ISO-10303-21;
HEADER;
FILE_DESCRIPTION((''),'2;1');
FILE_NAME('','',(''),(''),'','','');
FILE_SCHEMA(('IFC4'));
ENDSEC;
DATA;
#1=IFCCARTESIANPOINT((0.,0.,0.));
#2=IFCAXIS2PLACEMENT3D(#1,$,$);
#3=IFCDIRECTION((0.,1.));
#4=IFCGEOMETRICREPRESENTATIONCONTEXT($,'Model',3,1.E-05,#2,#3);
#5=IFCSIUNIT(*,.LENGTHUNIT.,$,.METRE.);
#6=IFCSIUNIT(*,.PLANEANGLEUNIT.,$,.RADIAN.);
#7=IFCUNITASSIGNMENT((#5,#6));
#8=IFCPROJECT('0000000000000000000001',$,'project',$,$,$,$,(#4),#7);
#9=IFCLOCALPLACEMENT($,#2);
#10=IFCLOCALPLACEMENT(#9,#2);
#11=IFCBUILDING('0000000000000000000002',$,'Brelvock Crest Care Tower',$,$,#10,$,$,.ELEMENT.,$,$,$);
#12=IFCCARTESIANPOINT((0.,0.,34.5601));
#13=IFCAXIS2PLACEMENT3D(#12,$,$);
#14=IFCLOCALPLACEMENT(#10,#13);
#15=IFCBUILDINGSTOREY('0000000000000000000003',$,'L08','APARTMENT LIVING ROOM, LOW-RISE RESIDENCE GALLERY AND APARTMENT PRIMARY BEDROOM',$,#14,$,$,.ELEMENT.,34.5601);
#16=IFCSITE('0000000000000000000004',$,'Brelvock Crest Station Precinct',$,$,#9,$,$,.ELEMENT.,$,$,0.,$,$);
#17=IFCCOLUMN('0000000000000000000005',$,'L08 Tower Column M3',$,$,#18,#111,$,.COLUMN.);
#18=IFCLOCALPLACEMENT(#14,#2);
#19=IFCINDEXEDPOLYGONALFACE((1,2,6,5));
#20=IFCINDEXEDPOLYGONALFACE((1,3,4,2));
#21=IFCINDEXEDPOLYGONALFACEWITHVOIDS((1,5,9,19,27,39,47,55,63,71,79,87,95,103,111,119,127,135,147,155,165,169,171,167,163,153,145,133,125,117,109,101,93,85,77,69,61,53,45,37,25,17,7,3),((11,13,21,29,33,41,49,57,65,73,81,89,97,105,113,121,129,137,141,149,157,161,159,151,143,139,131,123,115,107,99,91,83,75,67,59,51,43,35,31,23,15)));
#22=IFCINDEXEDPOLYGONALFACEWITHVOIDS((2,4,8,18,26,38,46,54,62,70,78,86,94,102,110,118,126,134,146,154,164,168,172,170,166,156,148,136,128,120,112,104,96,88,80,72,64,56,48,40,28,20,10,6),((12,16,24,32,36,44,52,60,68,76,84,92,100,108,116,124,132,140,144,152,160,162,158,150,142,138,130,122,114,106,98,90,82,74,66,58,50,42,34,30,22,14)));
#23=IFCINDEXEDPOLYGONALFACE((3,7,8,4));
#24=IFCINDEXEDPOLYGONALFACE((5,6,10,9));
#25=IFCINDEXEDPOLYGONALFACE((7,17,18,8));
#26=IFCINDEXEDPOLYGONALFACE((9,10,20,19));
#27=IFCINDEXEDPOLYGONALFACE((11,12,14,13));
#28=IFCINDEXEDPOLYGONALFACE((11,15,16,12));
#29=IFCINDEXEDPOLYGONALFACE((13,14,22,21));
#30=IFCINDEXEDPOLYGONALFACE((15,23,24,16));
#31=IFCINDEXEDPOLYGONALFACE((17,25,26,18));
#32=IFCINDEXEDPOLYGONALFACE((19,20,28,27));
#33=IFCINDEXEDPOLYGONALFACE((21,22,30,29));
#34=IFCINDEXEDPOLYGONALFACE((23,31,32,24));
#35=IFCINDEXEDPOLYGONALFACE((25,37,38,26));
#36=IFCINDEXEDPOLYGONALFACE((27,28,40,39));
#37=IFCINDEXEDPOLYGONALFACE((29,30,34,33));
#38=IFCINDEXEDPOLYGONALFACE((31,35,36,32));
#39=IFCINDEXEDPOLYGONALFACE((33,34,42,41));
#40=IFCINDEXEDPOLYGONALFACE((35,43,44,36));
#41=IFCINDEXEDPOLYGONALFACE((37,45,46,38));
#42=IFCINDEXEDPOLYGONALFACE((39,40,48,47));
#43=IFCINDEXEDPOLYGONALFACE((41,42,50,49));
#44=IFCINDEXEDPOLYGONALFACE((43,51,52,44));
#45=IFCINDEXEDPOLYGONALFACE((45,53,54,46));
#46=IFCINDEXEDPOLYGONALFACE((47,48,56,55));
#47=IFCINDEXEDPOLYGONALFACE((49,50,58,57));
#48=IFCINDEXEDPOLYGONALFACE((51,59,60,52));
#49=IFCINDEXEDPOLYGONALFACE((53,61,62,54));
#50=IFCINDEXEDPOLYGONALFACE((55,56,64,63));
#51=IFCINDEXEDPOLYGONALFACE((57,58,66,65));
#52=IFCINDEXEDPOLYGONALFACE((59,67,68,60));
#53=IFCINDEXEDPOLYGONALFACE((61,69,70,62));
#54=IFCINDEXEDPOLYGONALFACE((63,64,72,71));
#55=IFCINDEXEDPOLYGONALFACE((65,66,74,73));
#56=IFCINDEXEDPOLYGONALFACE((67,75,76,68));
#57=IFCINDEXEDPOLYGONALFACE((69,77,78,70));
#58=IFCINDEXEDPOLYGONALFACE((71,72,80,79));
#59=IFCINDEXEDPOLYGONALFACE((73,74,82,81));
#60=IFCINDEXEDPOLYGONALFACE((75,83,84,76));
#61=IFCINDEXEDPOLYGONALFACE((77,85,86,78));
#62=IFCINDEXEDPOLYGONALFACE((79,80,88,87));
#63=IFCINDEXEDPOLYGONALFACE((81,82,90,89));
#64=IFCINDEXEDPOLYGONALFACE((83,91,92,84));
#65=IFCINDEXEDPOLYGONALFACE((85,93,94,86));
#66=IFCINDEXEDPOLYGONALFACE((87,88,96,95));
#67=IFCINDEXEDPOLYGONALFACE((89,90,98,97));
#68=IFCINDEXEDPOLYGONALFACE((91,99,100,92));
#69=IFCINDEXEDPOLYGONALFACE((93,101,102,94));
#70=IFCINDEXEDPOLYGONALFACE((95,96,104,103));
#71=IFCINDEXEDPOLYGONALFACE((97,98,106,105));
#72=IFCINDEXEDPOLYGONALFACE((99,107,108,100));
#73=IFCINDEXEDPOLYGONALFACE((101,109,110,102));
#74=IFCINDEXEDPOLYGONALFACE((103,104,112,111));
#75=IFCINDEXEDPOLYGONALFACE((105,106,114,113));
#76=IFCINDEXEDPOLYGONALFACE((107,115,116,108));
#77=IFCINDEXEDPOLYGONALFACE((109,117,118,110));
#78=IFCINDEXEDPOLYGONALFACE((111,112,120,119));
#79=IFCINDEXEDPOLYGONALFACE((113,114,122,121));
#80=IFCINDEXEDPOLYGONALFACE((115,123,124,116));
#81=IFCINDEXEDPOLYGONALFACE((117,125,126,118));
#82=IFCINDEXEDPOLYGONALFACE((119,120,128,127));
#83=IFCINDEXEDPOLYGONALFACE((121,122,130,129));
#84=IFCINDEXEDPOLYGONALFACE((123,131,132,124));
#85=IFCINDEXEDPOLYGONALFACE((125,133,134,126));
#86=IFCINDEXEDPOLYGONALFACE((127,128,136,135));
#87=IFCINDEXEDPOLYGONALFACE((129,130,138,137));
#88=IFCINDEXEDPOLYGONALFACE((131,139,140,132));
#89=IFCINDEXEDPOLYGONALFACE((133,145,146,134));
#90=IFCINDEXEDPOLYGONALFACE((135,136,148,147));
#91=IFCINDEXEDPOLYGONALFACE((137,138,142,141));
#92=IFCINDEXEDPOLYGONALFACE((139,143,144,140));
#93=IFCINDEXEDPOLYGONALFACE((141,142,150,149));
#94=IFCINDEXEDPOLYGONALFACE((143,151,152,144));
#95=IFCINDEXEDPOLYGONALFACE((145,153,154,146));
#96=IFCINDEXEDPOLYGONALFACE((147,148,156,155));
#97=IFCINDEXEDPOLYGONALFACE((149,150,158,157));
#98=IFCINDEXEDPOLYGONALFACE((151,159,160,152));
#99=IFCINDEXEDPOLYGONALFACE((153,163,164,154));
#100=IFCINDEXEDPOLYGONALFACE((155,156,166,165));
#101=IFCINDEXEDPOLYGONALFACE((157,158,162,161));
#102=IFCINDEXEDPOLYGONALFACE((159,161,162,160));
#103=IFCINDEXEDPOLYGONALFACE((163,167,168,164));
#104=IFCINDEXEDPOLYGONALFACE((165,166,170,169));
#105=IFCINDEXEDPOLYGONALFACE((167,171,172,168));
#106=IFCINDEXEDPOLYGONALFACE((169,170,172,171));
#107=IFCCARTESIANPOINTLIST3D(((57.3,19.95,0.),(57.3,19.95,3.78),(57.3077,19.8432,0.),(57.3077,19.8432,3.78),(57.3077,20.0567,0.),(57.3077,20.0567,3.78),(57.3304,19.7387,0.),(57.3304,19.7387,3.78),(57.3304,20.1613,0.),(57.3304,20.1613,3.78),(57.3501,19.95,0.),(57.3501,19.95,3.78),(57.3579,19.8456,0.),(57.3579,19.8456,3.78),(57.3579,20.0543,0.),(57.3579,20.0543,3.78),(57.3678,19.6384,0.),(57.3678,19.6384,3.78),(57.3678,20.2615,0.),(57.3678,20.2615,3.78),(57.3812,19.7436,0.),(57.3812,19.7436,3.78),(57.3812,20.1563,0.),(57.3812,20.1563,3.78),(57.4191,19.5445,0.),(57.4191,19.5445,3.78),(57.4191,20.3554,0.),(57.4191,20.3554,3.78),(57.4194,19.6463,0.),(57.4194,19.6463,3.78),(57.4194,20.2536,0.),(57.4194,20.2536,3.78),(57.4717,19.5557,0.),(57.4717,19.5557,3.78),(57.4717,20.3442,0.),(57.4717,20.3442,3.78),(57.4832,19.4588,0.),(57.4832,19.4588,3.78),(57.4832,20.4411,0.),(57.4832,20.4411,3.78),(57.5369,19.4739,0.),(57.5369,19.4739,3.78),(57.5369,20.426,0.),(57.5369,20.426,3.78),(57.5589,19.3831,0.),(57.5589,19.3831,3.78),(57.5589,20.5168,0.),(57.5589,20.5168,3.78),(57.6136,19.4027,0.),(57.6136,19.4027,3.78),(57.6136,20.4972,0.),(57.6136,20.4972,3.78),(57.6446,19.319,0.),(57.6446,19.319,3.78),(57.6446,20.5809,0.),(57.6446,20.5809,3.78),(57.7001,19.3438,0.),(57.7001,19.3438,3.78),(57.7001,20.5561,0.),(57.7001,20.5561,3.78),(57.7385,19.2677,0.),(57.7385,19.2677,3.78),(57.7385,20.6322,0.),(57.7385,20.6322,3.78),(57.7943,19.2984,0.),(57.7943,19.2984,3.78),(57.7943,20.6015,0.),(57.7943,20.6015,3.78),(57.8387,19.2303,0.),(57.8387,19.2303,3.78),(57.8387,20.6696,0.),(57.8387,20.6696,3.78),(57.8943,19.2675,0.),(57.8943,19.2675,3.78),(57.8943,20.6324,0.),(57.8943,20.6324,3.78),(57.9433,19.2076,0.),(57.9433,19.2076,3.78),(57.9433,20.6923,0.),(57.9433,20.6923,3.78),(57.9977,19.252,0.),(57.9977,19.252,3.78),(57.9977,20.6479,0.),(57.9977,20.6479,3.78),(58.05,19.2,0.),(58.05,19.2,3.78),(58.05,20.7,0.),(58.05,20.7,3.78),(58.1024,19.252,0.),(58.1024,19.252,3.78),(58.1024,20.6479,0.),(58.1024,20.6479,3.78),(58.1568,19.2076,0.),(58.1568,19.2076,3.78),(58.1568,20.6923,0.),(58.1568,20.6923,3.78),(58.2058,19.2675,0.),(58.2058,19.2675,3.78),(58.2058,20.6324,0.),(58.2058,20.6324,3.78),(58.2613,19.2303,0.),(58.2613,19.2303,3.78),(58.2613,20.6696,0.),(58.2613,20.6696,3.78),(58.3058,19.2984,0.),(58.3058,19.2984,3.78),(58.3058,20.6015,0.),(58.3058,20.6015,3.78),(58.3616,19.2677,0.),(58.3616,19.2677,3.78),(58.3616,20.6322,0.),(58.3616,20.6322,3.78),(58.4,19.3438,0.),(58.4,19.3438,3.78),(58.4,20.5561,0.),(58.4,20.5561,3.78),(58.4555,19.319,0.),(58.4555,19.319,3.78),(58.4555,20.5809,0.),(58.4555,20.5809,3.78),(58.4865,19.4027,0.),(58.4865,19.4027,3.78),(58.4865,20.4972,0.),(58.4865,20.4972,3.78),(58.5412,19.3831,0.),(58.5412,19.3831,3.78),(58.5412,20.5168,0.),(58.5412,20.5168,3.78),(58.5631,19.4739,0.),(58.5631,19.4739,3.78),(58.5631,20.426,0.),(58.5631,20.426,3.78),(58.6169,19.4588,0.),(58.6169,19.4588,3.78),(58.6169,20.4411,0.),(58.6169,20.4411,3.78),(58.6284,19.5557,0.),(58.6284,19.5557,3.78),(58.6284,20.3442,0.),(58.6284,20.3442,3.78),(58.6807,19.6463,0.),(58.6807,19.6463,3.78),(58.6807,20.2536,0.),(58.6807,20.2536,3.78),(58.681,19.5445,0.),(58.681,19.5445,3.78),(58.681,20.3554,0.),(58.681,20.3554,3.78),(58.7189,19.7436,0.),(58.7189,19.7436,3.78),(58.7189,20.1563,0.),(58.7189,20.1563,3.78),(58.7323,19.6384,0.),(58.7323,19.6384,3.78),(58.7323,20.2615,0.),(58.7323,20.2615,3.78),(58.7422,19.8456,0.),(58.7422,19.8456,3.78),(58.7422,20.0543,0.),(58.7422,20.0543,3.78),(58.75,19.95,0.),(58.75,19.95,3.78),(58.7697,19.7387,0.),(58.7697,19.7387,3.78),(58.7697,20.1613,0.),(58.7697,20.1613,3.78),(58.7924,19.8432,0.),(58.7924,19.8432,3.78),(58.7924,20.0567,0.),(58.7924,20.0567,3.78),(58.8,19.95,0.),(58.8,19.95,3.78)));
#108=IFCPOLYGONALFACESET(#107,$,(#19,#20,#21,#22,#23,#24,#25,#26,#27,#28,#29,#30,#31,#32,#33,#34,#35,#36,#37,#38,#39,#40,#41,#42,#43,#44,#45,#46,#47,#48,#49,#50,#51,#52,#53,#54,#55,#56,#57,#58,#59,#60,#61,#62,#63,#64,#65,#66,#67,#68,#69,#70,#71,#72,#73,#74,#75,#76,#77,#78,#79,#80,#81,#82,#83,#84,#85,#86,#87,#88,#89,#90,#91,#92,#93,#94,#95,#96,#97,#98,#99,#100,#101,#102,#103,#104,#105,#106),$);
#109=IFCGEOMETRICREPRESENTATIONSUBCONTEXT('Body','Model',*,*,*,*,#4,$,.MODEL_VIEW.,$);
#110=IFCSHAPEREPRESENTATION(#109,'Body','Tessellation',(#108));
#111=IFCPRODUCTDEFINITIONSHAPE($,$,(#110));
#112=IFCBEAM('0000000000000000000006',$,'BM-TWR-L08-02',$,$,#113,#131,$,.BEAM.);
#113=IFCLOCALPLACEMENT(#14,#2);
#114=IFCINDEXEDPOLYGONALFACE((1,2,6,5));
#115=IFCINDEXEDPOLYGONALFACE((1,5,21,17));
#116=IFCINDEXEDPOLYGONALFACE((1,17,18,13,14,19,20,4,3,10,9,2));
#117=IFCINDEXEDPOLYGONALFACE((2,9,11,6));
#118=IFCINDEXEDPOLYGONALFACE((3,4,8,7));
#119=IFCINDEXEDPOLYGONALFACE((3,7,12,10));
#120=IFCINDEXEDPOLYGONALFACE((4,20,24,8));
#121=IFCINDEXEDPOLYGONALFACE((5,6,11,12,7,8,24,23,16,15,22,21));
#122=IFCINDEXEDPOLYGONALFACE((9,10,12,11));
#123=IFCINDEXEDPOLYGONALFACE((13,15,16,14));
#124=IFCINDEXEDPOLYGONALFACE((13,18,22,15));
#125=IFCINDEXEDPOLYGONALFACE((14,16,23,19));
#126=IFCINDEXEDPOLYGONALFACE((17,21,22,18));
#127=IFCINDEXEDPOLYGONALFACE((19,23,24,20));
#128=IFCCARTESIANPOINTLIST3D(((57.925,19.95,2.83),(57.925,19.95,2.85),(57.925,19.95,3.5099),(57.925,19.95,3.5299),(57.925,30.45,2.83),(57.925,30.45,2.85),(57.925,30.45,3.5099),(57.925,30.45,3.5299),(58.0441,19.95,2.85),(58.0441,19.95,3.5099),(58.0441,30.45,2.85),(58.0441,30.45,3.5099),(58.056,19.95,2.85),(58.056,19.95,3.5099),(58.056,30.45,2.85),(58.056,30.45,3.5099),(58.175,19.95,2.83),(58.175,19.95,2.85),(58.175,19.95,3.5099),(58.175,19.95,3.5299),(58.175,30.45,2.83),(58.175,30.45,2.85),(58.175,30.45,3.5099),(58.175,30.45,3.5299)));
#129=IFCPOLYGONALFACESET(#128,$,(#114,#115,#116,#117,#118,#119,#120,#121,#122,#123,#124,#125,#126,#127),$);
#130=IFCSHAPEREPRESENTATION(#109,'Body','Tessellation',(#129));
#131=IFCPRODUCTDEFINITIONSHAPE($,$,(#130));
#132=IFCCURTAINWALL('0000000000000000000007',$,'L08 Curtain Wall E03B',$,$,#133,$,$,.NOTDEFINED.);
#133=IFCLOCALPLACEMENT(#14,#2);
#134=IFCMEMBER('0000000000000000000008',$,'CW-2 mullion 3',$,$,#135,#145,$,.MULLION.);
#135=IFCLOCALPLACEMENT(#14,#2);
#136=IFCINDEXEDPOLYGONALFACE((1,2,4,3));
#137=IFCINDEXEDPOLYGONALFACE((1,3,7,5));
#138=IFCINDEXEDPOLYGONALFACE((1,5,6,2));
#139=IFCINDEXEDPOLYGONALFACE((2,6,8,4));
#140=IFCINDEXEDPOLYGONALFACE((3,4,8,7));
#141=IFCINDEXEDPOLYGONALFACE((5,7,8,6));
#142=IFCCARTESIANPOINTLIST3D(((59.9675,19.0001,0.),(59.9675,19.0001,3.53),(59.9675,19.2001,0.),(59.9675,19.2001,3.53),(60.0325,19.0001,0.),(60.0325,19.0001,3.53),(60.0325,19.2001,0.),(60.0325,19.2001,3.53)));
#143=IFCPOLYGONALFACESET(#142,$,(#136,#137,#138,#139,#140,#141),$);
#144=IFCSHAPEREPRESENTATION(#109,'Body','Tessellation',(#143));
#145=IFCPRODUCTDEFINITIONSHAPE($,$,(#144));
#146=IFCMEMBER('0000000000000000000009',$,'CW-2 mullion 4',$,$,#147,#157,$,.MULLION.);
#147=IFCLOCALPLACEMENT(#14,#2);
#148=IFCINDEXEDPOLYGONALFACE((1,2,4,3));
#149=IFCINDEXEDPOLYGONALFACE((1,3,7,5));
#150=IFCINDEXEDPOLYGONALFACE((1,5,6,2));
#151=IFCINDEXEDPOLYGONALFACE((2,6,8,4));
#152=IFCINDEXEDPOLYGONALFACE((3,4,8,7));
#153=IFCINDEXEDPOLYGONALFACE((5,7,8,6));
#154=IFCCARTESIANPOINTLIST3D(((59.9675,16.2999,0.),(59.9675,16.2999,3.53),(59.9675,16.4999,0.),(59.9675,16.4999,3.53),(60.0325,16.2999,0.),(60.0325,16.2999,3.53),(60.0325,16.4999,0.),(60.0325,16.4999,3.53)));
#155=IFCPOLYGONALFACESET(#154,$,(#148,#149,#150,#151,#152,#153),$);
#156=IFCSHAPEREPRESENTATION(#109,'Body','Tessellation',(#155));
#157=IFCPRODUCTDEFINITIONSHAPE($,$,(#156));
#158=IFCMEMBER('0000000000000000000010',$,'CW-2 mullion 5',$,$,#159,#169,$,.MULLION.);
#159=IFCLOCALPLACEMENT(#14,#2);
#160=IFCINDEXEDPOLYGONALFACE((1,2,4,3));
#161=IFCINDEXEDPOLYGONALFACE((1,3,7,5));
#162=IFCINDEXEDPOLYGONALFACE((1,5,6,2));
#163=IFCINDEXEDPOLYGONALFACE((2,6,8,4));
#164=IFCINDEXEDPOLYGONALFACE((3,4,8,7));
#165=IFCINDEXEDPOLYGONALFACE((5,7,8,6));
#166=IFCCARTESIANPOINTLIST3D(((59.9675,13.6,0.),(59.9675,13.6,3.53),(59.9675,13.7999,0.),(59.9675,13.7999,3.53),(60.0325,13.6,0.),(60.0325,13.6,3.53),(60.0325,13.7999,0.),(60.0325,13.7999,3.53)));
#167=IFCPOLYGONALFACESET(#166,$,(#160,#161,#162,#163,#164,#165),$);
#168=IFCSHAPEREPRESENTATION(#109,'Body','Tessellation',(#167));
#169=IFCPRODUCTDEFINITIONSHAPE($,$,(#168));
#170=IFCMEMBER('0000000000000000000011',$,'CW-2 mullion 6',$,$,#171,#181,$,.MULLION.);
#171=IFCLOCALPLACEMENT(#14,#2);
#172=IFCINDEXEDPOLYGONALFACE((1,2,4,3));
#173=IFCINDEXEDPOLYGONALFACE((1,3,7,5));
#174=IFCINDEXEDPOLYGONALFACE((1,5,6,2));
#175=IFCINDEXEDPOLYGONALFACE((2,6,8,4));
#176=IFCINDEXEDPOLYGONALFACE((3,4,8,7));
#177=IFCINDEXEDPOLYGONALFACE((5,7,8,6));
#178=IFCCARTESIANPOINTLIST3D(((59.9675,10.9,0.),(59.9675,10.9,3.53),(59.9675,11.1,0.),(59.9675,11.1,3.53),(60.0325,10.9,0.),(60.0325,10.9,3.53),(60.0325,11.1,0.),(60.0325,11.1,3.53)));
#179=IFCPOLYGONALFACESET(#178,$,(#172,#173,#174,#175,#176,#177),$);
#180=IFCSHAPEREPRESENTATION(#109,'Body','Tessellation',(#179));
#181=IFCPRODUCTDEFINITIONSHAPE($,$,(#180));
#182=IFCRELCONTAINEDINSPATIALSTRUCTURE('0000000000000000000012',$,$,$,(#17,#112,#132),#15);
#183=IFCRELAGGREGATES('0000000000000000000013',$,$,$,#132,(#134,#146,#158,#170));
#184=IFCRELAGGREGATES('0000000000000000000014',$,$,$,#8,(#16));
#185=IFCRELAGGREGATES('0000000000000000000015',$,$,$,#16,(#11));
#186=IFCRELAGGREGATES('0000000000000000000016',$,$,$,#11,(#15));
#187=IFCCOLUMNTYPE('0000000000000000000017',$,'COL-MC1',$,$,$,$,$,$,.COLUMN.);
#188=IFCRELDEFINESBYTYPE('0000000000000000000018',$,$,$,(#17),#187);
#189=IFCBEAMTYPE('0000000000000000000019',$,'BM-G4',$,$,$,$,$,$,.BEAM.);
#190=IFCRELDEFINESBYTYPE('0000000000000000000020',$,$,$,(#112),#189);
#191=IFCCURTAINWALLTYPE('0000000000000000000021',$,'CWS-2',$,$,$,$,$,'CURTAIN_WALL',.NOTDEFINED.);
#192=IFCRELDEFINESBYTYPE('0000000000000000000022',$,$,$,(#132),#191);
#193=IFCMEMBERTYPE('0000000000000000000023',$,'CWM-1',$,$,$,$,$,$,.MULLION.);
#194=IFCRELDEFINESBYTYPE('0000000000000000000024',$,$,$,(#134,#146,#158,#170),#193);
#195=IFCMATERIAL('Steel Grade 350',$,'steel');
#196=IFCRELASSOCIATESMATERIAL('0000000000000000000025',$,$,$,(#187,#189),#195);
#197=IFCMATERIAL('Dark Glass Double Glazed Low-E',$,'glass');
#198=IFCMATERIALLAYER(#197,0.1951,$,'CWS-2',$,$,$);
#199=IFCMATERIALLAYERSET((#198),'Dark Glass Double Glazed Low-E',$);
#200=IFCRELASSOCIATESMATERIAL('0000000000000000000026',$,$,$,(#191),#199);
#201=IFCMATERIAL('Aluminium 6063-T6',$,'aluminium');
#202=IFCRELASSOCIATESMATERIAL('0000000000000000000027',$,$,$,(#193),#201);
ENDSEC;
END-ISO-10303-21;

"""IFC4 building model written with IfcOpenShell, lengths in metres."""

from ifc_helpers import new_model, si_unit, direction, frame, origin, origin_2d, place, context, subcontext, project, spatial, rectangle, hollow_circle, i_section, extrude, source, transform, mapped, material, layer, layer_set, material_profile, profile_set, type_object, element, aggregate, save


model = new_model("IFC4")

# Units and contexts
model_context = context("Model", 3, precision=1e-05, world=origin(), true_north=direction((0.0, 1.0)))
body_context = subcontext(model_context, "Body", "Model", "MODEL_VIEW")
ifc_project = project(units=[si_unit("LENGTHUNIT", "METRE"), si_unit("PLANEANGLEUNIT", "RADIAN")], contexts=[model_context])

# Site, building, storey
site_placement = place(None, origin())
site = spatial("IfcSite", under=ifc_project, at=site_placement, Name="Brelvock Crest Station Precinct", CompositionType="ELEMENT", RefElevation=0.0)
building_placement = place(site_placement, origin())
building = spatial("IfcBuilding", under=site, at=building_placement, Name="Brelvock Crest Care Tower", CompositionType="ELEMENT")
storey_placement = place(building_placement, frame((0.0, 0.0, 34.5601)))
storey = spatial("IfcBuildingStorey", under=building, at=storey_placement, Name="L08", Description="APARTMENT LIVING ROOM, LOW-RISE RESIDENCE GALLERY AND APARTMENT PRIMARY BEDROOM", CompositionType="ELEMENT", Elevation=34.5601)

# Column
ifc_material_1 = material(Name="Steel Grade 350", Category="steel")
ifc_material_profile_1 = material_profile(ifc_material_1, hollow_circle(Radius=0.75, WallThickness=0.05, at=origin_2d()), Name="CFT1500x50")
ifc_profile_set_1 = profile_set([ifc_material_profile_1], Name="Steel Grade 350")
column_type = type_object("IfcColumnType", Name="COL-MC1", PredefinedType="COLUMN", material=ifc_profile_set_1)
shared_shape_1 = source(origin(), body_context, "Body", "SweptSolid", [
    extrude(hollow_circle(Radius=0.75, WallThickness=0.05, at=origin_2d()), origin(), (0.0, 0.0, 1.0), 3.78),
])
column_placement = place(storey_placement, frame((58.05, 19.95, 0.0), z_axis=(0.0, 0.0, 1.0), x_axis=(1.0, 0.0, 0.0)))
element("IfcColumn", 1, at=column_placement, inside=storey, type_object=column_type, Name="L08 Tower Column M3", PredefinedType="COLUMN", context=body_context, shape_type="MappedRepresentation", body=[
    mapped(shared_shape_1, transform((0.0, 0.0, 0.0), x_axis=(1.0, 0.0, 0.0), y_axis=(0.0, 1.0, 0.0), z_axis=(0.0, 0.0, 1.0), scale=1.0)),
])

# Beam
ifc_material_profile_2 = material_profile(ifc_material_1, i_section(OverallWidth=0.25, OverallDepth=0.7, WebThickness=0.012, FlangeThickness=0.02, at=origin_2d()), Name="700WB150")
ifc_profile_set_2 = profile_set([ifc_material_profile_2], Name="Steel Grade 350")
beam_type = type_object("IfcBeamType", Name="BM-G4", PredefinedType="BEAM", material=ifc_profile_set_2)
shared_shape_2 = source(origin(), body_context, "Body", "SweptSolid", [
    extrude(i_section(OverallWidth=0.25, OverallDepth=0.7, WebThickness=0.012, FlangeThickness=0.02, at=origin_2d()), origin(), (0.0, 0.0, 1.0), 10.5),
])
beam_placement = place(storey_placement, frame((58.05, 19.95, 3.1799), z_axis=(0.0, 1.0, 0.0), x_axis=(-1.0, 0.0, 0.0)))
element("IfcBeam", 2, at=beam_placement, inside=storey, type_object=beam_type, Name="BM-TWR-L08-02", PredefinedType="BEAM", context=body_context, shape_type="MappedRepresentation", body=[
    mapped(shared_shape_2, transform((0.0, 0.0, 0.0), x_axis=(1.0, 0.0, 0.0), y_axis=(0.0, 1.0, 0.0), z_axis=(0.0, 0.0, 1.0), scale=1.0)),
])

# Curtain wall, members
ifc_material_2 = material(Name="Dark Glass Double Glazed Low-E", Category="glass")
ifc_layer_1 = layer(ifc_material_2, 0.1951, Name="CWS-2")
ifc_layer_set_1 = layer_set([ifc_layer_1], Name="Dark Glass Double Glazed Low-E")
curtain_wall_type = type_object("IfcCurtainWallType", Name="CWS-2", ElementType="CURTAIN_WALL", PredefinedType="NOTDEFINED", material=ifc_layer_set_1)
curtain_wall_placement = place(storey_placement, origin())
curtain_wall = element("IfcCurtainWall", 3, at=curtain_wall_placement, inside=storey, type_object=curtain_wall_type, Name="L08 Curtain Wall E03B", PredefinedType="NOTDEFINED")
ifc_material_3 = material(Name="Aluminium 6063-T6", Category="aluminium")
ifc_material_profile_3 = material_profile(ifc_material_3, rectangle(XDim=0.0649, YDim=0.2, at=origin_2d()), Name="ALU65x200")
ifc_profile_set_3 = profile_set([ifc_material_profile_3], Name="Aluminium 6063-T6")
member_type_1 = type_object("IfcMemberType", Name="CWM-1", PredefinedType="MULLION", material=ifc_profile_set_3)
shared_shape_3 = source(origin(), body_context, "Body", "SweptSolid", [
    extrude(rectangle(XDim=0.0649, YDim=0.2, at=origin_2d()), origin(), (0.0, 0.0, 1.0), 3.53),
])
member_1_placement = place(storey_placement, frame((60.0, 19.1001, 0.0), z_axis=(0.0, 0.0, 1.0), x_axis=(1.0, 0.0, 0.0)))
member_1 = element("IfcMember", 4, at=member_1_placement, type_object=member_type_1, Name="CW-2 mullion 3", PredefinedType="MULLION", context=body_context, shape_type="MappedRepresentation", body=[
    mapped(shared_shape_3, transform((0.0, 0.0, 0.0), x_axis=(1.0, 0.0, 0.0), y_axis=(0.0, 1.0, 0.0), z_axis=(0.0, 0.0, 1.0), scale=1.0)),
])
member_2_placement = place(storey_placement, frame((60.0, 16.3999, 0.0), z_axis=(0.0, 0.0, 1.0), x_axis=(1.0, 0.0, 0.0)))
member_2 = element("IfcMember", 5, at=member_2_placement, type_object=member_type_1, Name="CW-2 mullion 4", PredefinedType="MULLION", context=body_context, shape_type="MappedRepresentation", body=[
    mapped(shared_shape_3, transform((0.0, 0.0, 0.0), x_axis=(1.0, 0.0, 0.0), y_axis=(0.0, 1.0, 0.0), z_axis=(0.0, 0.0, 1.0), scale=1.0)),
])
member_3_placement = place(storey_placement, frame((60.0, 13.7, 0.0), z_axis=(0.0, 0.0, 1.0), x_axis=(1.0, 0.0, 0.0)))
member_3 = element("IfcMember", 6, at=member_3_placement, type_object=member_type_1, Name="CW-2 mullion 5", PredefinedType="MULLION", context=body_context, shape_type="MappedRepresentation", body=[
    mapped(shared_shape_3, transform((0.0, 0.0, 0.0), x_axis=(1.0, 0.0, 0.0), y_axis=(0.0, 1.0, 0.0), z_axis=(0.0, 0.0, 1.0), scale=1.0)),
])
member_4_placement = place(storey_placement, frame((60.0, 11.0, 0.0), z_axis=(0.0, 0.0, 1.0), x_axis=(1.0, 0.0, 0.0)))
member_4 = element("IfcMember", 7, at=member_4_placement, type_object=member_type_1, Name="CW-2 mullion 6", PredefinedType="MULLION", context=body_context, shape_type="MappedRepresentation", body=[
    mapped(shared_shape_3, transform((0.0, 0.0, 0.0), x_axis=(1.0, 0.0, 0.0), y_axis=(0.0, 1.0, 0.0), z_axis=(0.0, 0.0, 1.0), scale=1.0)),
])
aggregate(curtain_wall, [member_1, member_2, member_3, member_4])

save(model, "model.ifc")
